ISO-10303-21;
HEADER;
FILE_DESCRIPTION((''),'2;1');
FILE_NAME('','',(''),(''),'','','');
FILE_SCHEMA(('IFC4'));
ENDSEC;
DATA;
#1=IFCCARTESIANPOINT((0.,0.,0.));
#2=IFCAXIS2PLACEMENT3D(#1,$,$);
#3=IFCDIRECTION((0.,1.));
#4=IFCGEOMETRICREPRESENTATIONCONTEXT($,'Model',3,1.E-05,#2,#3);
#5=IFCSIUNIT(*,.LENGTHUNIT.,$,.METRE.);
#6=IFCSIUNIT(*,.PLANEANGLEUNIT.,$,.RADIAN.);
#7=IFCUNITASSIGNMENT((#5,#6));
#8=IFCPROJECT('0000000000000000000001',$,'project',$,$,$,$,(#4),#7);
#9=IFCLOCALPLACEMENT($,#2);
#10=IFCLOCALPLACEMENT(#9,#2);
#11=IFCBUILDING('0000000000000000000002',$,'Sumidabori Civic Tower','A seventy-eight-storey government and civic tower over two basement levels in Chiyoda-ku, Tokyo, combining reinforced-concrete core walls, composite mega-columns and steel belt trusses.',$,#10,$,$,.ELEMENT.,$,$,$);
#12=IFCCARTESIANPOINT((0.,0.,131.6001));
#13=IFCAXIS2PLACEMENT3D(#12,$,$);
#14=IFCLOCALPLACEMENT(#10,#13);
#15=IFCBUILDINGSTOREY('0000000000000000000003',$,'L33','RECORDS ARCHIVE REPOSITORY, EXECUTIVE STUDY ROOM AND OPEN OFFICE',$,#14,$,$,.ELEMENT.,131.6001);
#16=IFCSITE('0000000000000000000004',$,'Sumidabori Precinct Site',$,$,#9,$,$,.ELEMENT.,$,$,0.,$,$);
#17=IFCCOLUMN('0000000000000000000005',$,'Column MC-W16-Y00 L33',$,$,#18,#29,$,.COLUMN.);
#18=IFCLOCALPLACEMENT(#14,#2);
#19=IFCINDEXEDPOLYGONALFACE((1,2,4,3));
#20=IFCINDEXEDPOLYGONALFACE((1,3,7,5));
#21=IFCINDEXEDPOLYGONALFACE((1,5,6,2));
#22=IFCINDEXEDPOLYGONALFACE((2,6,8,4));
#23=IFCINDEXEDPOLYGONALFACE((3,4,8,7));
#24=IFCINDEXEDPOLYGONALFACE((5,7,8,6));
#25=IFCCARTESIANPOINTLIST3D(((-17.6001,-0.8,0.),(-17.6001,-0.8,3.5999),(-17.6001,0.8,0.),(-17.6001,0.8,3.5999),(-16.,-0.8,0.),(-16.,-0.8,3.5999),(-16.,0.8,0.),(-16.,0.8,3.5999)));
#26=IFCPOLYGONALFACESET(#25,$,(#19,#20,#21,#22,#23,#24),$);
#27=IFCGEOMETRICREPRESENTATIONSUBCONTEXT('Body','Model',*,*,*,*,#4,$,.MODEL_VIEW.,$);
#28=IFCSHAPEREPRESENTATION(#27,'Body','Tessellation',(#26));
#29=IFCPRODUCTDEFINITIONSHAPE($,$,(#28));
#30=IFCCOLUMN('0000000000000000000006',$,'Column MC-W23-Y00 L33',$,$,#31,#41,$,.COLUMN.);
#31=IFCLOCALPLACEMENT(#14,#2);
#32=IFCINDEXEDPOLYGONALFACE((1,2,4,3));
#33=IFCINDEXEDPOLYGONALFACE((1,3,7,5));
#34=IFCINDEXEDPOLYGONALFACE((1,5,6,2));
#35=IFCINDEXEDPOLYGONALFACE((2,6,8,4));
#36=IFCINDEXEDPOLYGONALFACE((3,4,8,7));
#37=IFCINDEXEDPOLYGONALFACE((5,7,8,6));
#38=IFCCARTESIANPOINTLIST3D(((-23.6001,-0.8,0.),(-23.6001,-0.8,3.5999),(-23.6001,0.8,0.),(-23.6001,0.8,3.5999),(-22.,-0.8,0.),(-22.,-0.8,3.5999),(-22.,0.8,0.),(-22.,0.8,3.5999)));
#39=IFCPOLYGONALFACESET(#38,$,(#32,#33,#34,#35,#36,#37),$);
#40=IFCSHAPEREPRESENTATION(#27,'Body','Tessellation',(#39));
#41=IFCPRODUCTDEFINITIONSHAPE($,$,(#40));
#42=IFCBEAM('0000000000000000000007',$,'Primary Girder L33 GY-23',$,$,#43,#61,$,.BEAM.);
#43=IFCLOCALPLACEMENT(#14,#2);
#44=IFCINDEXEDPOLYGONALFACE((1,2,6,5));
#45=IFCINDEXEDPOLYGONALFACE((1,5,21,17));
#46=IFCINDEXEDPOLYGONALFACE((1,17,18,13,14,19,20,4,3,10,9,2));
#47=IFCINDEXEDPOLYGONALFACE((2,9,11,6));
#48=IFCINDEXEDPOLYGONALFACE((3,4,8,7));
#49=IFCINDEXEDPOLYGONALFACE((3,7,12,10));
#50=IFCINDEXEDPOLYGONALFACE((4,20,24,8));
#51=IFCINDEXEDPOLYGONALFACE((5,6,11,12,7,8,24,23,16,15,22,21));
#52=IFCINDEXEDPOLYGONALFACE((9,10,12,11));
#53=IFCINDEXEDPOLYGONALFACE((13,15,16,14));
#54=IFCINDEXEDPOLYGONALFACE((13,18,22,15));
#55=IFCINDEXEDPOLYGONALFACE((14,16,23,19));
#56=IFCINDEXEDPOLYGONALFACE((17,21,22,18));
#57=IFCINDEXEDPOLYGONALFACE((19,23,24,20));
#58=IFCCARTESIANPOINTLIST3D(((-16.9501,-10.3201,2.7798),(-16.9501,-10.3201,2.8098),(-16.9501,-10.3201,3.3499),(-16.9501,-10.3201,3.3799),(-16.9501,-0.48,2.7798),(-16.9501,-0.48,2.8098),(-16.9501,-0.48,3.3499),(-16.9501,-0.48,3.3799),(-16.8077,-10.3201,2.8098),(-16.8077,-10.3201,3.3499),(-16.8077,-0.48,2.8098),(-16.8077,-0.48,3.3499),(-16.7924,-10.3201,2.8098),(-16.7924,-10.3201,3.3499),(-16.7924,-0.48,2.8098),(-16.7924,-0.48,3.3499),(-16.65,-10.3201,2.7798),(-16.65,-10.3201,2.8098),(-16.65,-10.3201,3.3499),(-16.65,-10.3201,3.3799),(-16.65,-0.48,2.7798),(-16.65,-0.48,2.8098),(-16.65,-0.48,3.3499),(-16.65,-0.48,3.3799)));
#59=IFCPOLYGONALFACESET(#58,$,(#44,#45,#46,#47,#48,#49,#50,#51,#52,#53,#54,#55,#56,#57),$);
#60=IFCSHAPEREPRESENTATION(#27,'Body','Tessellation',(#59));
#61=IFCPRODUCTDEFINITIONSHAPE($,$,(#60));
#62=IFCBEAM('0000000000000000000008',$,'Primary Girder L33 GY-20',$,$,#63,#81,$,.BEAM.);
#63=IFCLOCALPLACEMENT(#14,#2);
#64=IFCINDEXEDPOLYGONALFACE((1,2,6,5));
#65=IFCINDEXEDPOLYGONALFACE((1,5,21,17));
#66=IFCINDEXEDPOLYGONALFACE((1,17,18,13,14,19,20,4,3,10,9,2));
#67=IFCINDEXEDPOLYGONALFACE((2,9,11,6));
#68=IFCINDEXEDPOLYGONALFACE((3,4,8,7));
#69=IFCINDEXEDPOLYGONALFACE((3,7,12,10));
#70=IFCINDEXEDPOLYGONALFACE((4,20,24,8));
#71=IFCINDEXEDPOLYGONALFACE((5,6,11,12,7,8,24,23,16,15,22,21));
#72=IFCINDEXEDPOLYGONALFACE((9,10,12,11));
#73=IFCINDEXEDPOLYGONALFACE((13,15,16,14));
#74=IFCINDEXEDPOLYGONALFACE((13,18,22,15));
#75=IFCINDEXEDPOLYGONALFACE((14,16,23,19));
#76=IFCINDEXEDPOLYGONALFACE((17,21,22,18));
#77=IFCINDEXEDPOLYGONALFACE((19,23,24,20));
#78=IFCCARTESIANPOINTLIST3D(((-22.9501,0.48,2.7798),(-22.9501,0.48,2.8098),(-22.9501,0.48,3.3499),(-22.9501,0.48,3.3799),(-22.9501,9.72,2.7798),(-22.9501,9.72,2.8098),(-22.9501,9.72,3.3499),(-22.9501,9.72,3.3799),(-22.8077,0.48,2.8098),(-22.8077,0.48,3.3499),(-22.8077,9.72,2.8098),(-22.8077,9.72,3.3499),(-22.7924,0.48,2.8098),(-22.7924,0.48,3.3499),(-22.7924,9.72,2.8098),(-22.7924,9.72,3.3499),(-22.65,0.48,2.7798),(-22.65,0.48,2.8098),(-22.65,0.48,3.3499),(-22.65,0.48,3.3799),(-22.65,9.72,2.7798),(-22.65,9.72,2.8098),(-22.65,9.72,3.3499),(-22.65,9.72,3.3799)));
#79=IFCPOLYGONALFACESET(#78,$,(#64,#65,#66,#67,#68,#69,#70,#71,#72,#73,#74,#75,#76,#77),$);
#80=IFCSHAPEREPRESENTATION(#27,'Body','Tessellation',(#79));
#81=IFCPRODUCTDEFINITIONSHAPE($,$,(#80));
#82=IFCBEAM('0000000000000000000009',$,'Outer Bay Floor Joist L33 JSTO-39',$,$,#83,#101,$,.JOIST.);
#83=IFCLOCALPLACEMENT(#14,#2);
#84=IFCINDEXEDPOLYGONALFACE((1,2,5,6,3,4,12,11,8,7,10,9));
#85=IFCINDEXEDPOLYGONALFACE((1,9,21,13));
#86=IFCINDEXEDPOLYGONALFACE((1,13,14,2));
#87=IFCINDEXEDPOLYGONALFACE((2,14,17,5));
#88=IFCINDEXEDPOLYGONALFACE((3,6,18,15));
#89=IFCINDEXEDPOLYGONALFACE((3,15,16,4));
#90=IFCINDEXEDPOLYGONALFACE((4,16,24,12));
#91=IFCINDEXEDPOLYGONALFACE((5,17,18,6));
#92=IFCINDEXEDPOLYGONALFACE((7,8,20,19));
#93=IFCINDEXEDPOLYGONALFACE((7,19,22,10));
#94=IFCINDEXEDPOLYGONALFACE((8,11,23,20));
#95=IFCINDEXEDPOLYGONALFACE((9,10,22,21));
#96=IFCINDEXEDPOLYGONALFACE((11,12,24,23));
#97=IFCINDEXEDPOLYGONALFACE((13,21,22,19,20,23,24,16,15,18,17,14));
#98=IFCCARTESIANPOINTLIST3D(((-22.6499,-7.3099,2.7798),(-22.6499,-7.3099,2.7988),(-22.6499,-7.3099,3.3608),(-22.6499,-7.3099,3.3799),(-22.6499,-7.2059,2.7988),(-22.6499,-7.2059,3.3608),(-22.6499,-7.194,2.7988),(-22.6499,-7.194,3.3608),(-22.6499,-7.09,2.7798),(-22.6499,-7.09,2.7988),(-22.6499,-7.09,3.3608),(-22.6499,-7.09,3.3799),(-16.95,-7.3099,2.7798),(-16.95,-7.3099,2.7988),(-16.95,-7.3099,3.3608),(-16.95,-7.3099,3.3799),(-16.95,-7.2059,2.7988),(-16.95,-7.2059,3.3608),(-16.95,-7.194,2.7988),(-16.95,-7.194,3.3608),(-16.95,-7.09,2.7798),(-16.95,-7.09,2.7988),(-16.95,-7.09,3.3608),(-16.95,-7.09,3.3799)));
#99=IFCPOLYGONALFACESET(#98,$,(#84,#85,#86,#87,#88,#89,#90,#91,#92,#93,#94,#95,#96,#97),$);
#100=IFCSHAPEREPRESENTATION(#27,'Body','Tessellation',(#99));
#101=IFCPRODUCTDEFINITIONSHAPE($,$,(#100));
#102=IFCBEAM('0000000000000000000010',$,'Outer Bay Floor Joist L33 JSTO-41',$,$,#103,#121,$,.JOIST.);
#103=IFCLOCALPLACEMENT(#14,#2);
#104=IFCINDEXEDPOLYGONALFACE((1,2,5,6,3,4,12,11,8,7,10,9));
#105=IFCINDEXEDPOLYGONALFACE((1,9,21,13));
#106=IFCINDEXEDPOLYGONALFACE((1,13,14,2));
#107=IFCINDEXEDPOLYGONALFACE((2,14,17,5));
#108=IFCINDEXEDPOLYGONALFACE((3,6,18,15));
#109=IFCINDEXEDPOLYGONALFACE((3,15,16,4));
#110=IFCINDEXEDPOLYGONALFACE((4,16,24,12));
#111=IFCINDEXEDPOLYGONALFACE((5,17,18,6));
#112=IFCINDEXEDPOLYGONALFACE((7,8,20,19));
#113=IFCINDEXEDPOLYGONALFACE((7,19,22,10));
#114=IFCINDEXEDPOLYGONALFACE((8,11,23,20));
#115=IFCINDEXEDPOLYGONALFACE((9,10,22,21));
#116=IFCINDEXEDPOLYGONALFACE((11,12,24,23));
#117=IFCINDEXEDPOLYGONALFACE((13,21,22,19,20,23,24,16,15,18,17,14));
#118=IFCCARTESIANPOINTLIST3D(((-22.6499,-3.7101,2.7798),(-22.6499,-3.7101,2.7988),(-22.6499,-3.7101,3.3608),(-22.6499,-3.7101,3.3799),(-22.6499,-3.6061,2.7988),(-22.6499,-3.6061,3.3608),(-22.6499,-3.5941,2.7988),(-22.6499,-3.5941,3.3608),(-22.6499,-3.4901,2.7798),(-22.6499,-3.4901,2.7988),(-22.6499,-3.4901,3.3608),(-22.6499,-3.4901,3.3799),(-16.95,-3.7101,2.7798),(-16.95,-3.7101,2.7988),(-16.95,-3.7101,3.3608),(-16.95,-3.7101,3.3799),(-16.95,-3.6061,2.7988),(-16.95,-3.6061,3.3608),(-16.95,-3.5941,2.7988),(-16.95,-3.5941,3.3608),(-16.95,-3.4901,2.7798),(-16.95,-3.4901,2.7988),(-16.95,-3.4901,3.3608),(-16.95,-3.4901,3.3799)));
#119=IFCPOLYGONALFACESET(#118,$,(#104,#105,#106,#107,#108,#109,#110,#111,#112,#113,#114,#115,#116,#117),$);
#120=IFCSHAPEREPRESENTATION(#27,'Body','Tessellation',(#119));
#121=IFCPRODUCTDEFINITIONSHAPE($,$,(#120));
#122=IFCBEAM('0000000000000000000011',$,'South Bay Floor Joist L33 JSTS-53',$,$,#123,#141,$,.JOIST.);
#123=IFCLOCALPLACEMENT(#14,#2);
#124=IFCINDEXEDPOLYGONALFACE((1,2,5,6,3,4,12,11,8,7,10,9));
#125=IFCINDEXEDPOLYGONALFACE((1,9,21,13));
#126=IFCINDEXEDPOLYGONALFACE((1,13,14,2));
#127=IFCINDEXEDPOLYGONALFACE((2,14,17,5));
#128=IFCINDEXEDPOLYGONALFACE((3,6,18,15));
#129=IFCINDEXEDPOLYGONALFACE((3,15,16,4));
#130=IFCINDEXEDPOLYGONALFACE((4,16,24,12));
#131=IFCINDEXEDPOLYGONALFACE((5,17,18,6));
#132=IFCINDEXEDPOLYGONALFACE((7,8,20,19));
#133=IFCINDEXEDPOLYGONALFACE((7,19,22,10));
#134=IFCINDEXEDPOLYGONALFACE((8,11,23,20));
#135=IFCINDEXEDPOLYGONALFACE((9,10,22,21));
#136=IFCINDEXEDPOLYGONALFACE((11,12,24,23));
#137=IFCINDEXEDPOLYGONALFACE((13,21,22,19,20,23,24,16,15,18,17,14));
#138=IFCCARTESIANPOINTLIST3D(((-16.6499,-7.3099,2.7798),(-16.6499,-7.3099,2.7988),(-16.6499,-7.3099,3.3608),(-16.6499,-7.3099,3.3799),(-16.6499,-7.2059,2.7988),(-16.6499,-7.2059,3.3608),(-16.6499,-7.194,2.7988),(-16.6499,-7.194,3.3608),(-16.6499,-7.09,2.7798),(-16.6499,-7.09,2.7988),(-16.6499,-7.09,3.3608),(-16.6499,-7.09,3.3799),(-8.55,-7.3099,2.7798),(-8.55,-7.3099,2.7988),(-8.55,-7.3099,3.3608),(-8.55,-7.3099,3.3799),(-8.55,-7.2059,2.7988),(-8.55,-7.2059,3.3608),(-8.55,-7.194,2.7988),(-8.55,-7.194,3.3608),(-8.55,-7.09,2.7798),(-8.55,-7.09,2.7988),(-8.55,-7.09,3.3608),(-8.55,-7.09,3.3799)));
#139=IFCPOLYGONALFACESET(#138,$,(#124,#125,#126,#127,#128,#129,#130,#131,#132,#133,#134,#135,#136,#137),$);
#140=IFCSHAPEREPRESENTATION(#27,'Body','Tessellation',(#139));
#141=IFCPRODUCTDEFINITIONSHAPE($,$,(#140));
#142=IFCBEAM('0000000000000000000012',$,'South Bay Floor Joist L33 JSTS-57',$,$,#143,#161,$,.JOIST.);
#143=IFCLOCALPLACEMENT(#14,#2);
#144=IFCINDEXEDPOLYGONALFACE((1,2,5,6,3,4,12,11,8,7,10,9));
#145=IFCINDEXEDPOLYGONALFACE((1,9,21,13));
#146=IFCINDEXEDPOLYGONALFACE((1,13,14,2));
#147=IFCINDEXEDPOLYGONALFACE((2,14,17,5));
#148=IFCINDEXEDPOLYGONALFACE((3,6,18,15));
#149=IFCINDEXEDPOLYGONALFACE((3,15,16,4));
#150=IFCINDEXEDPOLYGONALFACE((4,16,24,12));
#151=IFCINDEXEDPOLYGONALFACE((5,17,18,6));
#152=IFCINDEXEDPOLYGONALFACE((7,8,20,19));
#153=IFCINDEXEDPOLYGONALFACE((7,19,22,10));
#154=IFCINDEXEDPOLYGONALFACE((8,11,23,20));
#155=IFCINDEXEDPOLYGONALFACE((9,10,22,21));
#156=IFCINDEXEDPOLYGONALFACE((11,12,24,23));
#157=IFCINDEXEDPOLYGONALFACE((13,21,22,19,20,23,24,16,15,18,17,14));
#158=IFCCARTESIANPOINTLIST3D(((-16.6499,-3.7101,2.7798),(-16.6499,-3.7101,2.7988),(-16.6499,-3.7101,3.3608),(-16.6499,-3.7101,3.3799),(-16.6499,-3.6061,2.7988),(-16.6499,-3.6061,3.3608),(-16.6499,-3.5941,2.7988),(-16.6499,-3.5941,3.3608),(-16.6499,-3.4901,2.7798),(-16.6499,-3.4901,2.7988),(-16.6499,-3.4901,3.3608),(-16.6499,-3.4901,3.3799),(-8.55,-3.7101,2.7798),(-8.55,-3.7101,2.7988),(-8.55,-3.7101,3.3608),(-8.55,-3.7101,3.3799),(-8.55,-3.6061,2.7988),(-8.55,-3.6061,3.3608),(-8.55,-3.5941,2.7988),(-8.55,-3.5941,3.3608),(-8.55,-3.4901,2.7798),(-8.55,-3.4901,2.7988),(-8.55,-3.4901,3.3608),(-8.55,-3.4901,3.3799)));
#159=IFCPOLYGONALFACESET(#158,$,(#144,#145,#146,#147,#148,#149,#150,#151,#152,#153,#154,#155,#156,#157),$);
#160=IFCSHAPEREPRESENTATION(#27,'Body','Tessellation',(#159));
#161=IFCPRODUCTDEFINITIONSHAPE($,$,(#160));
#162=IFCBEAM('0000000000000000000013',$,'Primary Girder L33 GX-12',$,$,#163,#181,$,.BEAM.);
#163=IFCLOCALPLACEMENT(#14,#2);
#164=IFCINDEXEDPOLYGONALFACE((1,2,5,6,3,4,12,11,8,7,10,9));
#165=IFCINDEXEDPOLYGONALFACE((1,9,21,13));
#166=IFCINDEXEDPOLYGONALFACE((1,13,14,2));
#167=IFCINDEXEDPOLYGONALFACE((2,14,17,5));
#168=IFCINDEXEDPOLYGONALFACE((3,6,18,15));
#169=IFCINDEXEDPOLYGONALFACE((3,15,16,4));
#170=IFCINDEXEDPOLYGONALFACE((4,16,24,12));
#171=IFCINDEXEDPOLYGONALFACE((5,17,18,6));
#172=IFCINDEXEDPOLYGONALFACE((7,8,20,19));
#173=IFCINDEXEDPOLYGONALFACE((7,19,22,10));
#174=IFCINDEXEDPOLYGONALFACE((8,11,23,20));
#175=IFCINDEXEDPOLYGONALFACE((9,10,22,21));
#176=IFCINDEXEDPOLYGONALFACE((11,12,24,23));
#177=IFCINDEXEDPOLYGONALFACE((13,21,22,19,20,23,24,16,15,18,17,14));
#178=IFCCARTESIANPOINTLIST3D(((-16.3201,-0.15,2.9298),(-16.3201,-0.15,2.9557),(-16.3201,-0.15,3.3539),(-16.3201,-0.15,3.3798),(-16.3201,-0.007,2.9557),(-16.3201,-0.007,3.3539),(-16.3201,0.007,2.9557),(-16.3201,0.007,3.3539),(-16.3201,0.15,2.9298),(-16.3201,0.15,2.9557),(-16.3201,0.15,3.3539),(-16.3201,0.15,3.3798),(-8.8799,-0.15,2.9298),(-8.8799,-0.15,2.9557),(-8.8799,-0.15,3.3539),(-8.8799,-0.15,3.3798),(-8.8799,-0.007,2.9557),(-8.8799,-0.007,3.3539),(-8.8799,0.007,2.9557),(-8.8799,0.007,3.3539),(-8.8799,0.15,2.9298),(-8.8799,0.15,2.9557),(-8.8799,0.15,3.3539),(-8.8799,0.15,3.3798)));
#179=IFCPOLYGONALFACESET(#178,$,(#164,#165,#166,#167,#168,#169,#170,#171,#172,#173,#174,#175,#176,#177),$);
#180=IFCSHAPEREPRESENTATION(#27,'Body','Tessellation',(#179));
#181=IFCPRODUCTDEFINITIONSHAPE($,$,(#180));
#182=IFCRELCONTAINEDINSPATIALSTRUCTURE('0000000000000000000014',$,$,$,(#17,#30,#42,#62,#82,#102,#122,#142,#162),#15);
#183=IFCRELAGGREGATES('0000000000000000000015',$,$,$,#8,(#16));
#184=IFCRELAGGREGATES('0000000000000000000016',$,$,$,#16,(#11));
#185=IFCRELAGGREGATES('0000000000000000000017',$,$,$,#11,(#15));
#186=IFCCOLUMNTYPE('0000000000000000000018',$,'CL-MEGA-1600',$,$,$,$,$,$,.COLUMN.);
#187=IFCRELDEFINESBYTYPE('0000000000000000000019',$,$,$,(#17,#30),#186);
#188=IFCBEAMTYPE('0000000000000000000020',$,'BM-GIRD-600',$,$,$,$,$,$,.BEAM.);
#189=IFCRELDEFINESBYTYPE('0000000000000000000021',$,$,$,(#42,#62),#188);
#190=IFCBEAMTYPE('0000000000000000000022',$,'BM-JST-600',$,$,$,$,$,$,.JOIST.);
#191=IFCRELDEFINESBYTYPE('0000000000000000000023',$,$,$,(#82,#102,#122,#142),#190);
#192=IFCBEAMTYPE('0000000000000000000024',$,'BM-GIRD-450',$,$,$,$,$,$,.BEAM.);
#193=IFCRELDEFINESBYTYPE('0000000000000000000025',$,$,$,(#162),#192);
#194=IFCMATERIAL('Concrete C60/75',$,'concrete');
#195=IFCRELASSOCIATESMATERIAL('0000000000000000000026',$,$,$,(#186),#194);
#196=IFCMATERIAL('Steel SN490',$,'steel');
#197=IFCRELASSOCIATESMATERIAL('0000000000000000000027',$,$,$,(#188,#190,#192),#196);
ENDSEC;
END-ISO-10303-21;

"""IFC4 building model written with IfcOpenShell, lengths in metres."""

from ifc_helpers import new_model, si_unit, direction, frame, origin, origin_2d, place, context, subcontext, project, spatial, rectangle, i_section, extrude, source, transform, mapped, material, material_profile, profile_set, type_object, element, save


model = new_model("IFC4")

# Units and contexts
model_context = context("Model", 3, precision=1e-05, world=origin(), true_north=direction((0.0, 1.0)))
body_context = subcontext(model_context, "Body", "Model", "MODEL_VIEW")
ifc_project = project(units=[si_unit("LENGTHUNIT", "METRE"), si_unit("PLANEANGLEUNIT", "RADIAN")], contexts=[model_context])

# Site, building, storey
site_placement = place(None, origin())
site = spatial("IfcSite", under=ifc_project, at=site_placement, Name="Sumidabori Precinct Site", CompositionType="ELEMENT", RefElevation=0.0)
building_placement = place(site_placement, origin())
building = spatial("IfcBuilding", under=site, at=building_placement, Name="Sumidabori Civic Tower", Description="A seventy-eight-storey government and civic tower over two basement levels in Chiyoda-ku, Tokyo, combining reinforced-concrete core walls, composite mega-columns and steel belt trusses.", CompositionType="ELEMENT")
storey_placement = place(building_placement, frame((0.0, 0.0, 131.6001)))
storey = spatial("IfcBuildingStorey", under=building, at=storey_placement, Name="L33", Description="RECORDS ARCHIVE REPOSITORY, EXECUTIVE STUDY ROOM AND OPEN OFFICE", CompositionType="ELEMENT", Elevation=131.6001)

# Columns
ifc_material_1 = material(Name="Concrete C60/75", Category="concrete")
ifc_material_profile_1 = material_profile(ifc_material_1, rectangle(XDim=1.6001, YDim=1.6001, at=origin_2d()), Name="RC 1600x1600")
ifc_profile_set_1 = profile_set([ifc_material_profile_1], Name="Concrete C60/75")
column_type = type_object("IfcColumnType", Name="CL-MEGA-1600", PredefinedType="COLUMN", material=ifc_profile_set_1)
shared_shape_1 = source(origin(), body_context, "Body", "SweptSolid", [
    extrude(rectangle(XDim=1.6001, YDim=1.6001, at=origin_2d()), origin(), (0.0, 0.0, 1.0), 3.5999),
])
for number, where, z_axis, x_axis, name in (
    (1, (-16.8, 0.0, 0.0), (0.0, 0.0, 1.0), (1.0, 0.0, 0.0), "Column MC-W16-Y00 L33"),
    (2, (-22.8, 0.0, 0.0), (0.0, 0.0, 1.0), (1.0, 0.0, 0.0), "Column MC-W23-Y00 L33"),
):
    element("IfcColumn", number, at=place(storey_placement, frame(where, z_axis=z_axis, x_axis=x_axis)), inside=storey, type_object=column_type, Name=name, PredefinedType="COLUMN", context=body_context, shape_type="MappedRepresentation", body=[
        mapped(shared_shape_1, transform((0.0, 0.0, 0.0), x_axis=(1.0, 0.0, 0.0), y_axis=(0.0, 1.0, 0.0), z_axis=(0.0, 0.0, 1.0), scale=1.0)),
    ])

# Beams
ifc_material_2 = material(Name="Steel SN490", Category="steel")
ifc_material_profile_2 = material_profile(ifc_material_2, i_section(OverallWidth=0.3, OverallDepth=0.6001, WebThickness=0.0154, FlangeThickness=0.03, at=origin_2d()), Name="HE 600 B")
ifc_profile_set_2 = profile_set([ifc_material_profile_2], Name="Steel SN490")
beam_type_1 = type_object("IfcBeamType", Name="BM-GIRD-600", PredefinedType="BEAM", material=ifc_profile_set_2)
shared_shape_2 = source(origin(), body_context, "Body", "SweptSolid", [
    extrude(i_section(OverallWidth=0.3, OverallDepth=0.6001, WebThickness=0.0154, FlangeThickness=0.03, at=origin_2d()), origin(), (0.0, 0.0, 1.0), 9.8401),
])
beam_1_placement = place(storey_placement, frame((-16.8, -10.3201, 3.0798), z_axis=(0.0, 1.0, 0.0), x_axis=(-1.0, 0.0, 0.0)))
element("IfcBeam", 3, at=beam_1_placement, inside=storey, type_object=beam_type_1, Name="Primary Girder L33 GY-23", PredefinedType="BEAM", context=body_context, shape_type="MappedRepresentation", body=[
    mapped(shared_shape_2, transform((0.0, 0.0, 0.0), x_axis=(1.0, 0.0, 0.0), y_axis=(0.0, 1.0, 0.0), z_axis=(0.0, 0.0, 1.0), scale=1.0)),
])
shared_shape_3 = source(origin(), body_context, "Body", "SweptSolid", [
    extrude(i_section(OverallWidth=0.3, OverallDepth=0.6001, WebThickness=0.0154, FlangeThickness=0.03, at=origin_2d()), origin(), (0.0, 0.0, 1.0), 9.24),
])
beam_2_placement = place(storey_placement, frame((-22.8, 0.48, 3.0798), z_axis=(0.0, 1.0, 0.0), x_axis=(-1.0, 0.0, 0.0)))
element("IfcBeam", 4, at=beam_2_placement, inside=storey, type_object=beam_type_1, Name="Primary Girder L33 GY-20", PredefinedType="BEAM", context=body_context, shape_type="MappedRepresentation", body=[
    mapped(shared_shape_3, transform((0.0, 0.0, 0.0), x_axis=(1.0, 0.0, 0.0), y_axis=(0.0, 1.0, 0.0), z_axis=(0.0, 0.0, 1.0), scale=1.0)),
])
ifc_material_profile_3 = material_profile(ifc_material_2, i_section(OverallWidth=0.22, OverallDepth=0.6001, WebThickness=0.012, FlangeThickness=0.019, at=origin_2d()), Name="IPE 600")
ifc_profile_set_3 = profile_set([ifc_material_profile_3], Name="Steel SN490")
beam_type_2 = type_object("IfcBeamType", Name="BM-JST-600", PredefinedType="JOIST", material=ifc_profile_set_3)
shared_shape_4 = source(origin(), body_context, "Body", "SweptSolid", [
    extrude(i_section(OverallWidth=0.22, OverallDepth=0.6001, WebThickness=0.012, FlangeThickness=0.019, at=origin_2d()), origin(), (0.0, 0.0, 1.0), 5.7),
])
for number, where, z_axis, x_axis, name in (
    (5, (-22.6499, -7.2, 3.0798), (1.0, 0.0, 0.0), (0.0, 1.0, 0.0), "Outer Bay Floor Joist L33 JSTO-39"),
    (6, (-22.6499, -3.6001, 3.0798), (1.0, 0.0, 0.0), (0.0, 1.0, 0.0), "Outer Bay Floor Joist L33 JSTO-41"),
):
    element("IfcBeam", number, at=place(storey_placement, frame(where, z_axis=z_axis, x_axis=x_axis)), inside=storey, type_object=beam_type_2, Name=name, PredefinedType="JOIST", context=body_context, shape_type="MappedRepresentation", body=[
        mapped(shared_shape_4, transform((0.0, 0.0, 0.0), x_axis=(1.0, 0.0, 0.0), y_axis=(0.0, 1.0, 0.0), z_axis=(0.0, 0.0, 1.0), scale=1.0)),
    ])
shared_shape_5 = source(origin(), body_context, "Body", "SweptSolid", [
    extrude(i_section(OverallWidth=0.22, OverallDepth=0.6001, WebThickness=0.012, FlangeThickness=0.019, at=origin_2d()), origin(), (0.0, 0.0, 1.0), 8.0999),
])
for number, where, z_axis, x_axis, name in (
    (7, (-16.6499, -7.2, 3.0798), (1.0, 0.0, 0.0), (0.0, 1.0, 0.0), "South Bay Floor Joist L33 JSTS-53"),
    (8, (-16.6499, -3.6001, 3.0798), (1.0, 0.0, 0.0), (0.0, 1.0, 0.0), "South Bay Floor Joist L33 JSTS-57"),
):
    element("IfcBeam", number, at=place(storey_placement, frame(where, z_axis=z_axis, x_axis=x_axis)), inside=storey, type_object=beam_type_2, Name=name, PredefinedType="JOIST", context=body_context, shape_type="MappedRepresentation", body=[
        mapped(shared_shape_5, transform((0.0, 0.0, 0.0), x_axis=(1.0, 0.0, 0.0), y_axis=(0.0, 1.0, 0.0), z_axis=(0.0, 0.0, 1.0), scale=1.0)),
    ])
ifc_material_profile_4 = material_profile(ifc_material_2, i_section(OverallWidth=0.3, OverallDepth=0.45, WebThickness=0.0139, FlangeThickness=0.0259, at=origin_2d()), Name="HE 450 B")
ifc_profile_set_4 = profile_set([ifc_material_profile_4], Name="Steel SN490")
beam_type_3 = type_object("IfcBeamType", Name="BM-GIRD-450", PredefinedType="BEAM", material=ifc_profile_set_4)
shared_shape_6 = source(origin(), body_context, "Body", "SweptSolid", [
    extrude(i_section(OverallWidth=0.3, OverallDepth=0.45, WebThickness=0.0139, FlangeThickness=0.0259, at=origin_2d()), origin(), (0.0, 0.0, 1.0), 7.4402),
])
beam_3_placement = place(storey_placement, frame((-16.3201, 0.0, 3.1548), z_axis=(1.0, 0.0, 0.0), x_axis=(0.0, 1.0, 0.0)))
element("IfcBeam", 9, at=beam_3_placement, inside=storey, type_object=beam_type_3, Name="Primary Girder L33 GX-12", PredefinedType="BEAM", context=body_context, shape_type="MappedRepresentation", body=[
    mapped(shared_shape_6, transform((0.0, 0.0, 0.0), x_axis=(1.0, 0.0, 0.0), y_axis=(0.0, 1.0, 0.0), z_axis=(0.0, 0.0, 1.0), scale=1.0)),
])

save(model, "model.ifc")
